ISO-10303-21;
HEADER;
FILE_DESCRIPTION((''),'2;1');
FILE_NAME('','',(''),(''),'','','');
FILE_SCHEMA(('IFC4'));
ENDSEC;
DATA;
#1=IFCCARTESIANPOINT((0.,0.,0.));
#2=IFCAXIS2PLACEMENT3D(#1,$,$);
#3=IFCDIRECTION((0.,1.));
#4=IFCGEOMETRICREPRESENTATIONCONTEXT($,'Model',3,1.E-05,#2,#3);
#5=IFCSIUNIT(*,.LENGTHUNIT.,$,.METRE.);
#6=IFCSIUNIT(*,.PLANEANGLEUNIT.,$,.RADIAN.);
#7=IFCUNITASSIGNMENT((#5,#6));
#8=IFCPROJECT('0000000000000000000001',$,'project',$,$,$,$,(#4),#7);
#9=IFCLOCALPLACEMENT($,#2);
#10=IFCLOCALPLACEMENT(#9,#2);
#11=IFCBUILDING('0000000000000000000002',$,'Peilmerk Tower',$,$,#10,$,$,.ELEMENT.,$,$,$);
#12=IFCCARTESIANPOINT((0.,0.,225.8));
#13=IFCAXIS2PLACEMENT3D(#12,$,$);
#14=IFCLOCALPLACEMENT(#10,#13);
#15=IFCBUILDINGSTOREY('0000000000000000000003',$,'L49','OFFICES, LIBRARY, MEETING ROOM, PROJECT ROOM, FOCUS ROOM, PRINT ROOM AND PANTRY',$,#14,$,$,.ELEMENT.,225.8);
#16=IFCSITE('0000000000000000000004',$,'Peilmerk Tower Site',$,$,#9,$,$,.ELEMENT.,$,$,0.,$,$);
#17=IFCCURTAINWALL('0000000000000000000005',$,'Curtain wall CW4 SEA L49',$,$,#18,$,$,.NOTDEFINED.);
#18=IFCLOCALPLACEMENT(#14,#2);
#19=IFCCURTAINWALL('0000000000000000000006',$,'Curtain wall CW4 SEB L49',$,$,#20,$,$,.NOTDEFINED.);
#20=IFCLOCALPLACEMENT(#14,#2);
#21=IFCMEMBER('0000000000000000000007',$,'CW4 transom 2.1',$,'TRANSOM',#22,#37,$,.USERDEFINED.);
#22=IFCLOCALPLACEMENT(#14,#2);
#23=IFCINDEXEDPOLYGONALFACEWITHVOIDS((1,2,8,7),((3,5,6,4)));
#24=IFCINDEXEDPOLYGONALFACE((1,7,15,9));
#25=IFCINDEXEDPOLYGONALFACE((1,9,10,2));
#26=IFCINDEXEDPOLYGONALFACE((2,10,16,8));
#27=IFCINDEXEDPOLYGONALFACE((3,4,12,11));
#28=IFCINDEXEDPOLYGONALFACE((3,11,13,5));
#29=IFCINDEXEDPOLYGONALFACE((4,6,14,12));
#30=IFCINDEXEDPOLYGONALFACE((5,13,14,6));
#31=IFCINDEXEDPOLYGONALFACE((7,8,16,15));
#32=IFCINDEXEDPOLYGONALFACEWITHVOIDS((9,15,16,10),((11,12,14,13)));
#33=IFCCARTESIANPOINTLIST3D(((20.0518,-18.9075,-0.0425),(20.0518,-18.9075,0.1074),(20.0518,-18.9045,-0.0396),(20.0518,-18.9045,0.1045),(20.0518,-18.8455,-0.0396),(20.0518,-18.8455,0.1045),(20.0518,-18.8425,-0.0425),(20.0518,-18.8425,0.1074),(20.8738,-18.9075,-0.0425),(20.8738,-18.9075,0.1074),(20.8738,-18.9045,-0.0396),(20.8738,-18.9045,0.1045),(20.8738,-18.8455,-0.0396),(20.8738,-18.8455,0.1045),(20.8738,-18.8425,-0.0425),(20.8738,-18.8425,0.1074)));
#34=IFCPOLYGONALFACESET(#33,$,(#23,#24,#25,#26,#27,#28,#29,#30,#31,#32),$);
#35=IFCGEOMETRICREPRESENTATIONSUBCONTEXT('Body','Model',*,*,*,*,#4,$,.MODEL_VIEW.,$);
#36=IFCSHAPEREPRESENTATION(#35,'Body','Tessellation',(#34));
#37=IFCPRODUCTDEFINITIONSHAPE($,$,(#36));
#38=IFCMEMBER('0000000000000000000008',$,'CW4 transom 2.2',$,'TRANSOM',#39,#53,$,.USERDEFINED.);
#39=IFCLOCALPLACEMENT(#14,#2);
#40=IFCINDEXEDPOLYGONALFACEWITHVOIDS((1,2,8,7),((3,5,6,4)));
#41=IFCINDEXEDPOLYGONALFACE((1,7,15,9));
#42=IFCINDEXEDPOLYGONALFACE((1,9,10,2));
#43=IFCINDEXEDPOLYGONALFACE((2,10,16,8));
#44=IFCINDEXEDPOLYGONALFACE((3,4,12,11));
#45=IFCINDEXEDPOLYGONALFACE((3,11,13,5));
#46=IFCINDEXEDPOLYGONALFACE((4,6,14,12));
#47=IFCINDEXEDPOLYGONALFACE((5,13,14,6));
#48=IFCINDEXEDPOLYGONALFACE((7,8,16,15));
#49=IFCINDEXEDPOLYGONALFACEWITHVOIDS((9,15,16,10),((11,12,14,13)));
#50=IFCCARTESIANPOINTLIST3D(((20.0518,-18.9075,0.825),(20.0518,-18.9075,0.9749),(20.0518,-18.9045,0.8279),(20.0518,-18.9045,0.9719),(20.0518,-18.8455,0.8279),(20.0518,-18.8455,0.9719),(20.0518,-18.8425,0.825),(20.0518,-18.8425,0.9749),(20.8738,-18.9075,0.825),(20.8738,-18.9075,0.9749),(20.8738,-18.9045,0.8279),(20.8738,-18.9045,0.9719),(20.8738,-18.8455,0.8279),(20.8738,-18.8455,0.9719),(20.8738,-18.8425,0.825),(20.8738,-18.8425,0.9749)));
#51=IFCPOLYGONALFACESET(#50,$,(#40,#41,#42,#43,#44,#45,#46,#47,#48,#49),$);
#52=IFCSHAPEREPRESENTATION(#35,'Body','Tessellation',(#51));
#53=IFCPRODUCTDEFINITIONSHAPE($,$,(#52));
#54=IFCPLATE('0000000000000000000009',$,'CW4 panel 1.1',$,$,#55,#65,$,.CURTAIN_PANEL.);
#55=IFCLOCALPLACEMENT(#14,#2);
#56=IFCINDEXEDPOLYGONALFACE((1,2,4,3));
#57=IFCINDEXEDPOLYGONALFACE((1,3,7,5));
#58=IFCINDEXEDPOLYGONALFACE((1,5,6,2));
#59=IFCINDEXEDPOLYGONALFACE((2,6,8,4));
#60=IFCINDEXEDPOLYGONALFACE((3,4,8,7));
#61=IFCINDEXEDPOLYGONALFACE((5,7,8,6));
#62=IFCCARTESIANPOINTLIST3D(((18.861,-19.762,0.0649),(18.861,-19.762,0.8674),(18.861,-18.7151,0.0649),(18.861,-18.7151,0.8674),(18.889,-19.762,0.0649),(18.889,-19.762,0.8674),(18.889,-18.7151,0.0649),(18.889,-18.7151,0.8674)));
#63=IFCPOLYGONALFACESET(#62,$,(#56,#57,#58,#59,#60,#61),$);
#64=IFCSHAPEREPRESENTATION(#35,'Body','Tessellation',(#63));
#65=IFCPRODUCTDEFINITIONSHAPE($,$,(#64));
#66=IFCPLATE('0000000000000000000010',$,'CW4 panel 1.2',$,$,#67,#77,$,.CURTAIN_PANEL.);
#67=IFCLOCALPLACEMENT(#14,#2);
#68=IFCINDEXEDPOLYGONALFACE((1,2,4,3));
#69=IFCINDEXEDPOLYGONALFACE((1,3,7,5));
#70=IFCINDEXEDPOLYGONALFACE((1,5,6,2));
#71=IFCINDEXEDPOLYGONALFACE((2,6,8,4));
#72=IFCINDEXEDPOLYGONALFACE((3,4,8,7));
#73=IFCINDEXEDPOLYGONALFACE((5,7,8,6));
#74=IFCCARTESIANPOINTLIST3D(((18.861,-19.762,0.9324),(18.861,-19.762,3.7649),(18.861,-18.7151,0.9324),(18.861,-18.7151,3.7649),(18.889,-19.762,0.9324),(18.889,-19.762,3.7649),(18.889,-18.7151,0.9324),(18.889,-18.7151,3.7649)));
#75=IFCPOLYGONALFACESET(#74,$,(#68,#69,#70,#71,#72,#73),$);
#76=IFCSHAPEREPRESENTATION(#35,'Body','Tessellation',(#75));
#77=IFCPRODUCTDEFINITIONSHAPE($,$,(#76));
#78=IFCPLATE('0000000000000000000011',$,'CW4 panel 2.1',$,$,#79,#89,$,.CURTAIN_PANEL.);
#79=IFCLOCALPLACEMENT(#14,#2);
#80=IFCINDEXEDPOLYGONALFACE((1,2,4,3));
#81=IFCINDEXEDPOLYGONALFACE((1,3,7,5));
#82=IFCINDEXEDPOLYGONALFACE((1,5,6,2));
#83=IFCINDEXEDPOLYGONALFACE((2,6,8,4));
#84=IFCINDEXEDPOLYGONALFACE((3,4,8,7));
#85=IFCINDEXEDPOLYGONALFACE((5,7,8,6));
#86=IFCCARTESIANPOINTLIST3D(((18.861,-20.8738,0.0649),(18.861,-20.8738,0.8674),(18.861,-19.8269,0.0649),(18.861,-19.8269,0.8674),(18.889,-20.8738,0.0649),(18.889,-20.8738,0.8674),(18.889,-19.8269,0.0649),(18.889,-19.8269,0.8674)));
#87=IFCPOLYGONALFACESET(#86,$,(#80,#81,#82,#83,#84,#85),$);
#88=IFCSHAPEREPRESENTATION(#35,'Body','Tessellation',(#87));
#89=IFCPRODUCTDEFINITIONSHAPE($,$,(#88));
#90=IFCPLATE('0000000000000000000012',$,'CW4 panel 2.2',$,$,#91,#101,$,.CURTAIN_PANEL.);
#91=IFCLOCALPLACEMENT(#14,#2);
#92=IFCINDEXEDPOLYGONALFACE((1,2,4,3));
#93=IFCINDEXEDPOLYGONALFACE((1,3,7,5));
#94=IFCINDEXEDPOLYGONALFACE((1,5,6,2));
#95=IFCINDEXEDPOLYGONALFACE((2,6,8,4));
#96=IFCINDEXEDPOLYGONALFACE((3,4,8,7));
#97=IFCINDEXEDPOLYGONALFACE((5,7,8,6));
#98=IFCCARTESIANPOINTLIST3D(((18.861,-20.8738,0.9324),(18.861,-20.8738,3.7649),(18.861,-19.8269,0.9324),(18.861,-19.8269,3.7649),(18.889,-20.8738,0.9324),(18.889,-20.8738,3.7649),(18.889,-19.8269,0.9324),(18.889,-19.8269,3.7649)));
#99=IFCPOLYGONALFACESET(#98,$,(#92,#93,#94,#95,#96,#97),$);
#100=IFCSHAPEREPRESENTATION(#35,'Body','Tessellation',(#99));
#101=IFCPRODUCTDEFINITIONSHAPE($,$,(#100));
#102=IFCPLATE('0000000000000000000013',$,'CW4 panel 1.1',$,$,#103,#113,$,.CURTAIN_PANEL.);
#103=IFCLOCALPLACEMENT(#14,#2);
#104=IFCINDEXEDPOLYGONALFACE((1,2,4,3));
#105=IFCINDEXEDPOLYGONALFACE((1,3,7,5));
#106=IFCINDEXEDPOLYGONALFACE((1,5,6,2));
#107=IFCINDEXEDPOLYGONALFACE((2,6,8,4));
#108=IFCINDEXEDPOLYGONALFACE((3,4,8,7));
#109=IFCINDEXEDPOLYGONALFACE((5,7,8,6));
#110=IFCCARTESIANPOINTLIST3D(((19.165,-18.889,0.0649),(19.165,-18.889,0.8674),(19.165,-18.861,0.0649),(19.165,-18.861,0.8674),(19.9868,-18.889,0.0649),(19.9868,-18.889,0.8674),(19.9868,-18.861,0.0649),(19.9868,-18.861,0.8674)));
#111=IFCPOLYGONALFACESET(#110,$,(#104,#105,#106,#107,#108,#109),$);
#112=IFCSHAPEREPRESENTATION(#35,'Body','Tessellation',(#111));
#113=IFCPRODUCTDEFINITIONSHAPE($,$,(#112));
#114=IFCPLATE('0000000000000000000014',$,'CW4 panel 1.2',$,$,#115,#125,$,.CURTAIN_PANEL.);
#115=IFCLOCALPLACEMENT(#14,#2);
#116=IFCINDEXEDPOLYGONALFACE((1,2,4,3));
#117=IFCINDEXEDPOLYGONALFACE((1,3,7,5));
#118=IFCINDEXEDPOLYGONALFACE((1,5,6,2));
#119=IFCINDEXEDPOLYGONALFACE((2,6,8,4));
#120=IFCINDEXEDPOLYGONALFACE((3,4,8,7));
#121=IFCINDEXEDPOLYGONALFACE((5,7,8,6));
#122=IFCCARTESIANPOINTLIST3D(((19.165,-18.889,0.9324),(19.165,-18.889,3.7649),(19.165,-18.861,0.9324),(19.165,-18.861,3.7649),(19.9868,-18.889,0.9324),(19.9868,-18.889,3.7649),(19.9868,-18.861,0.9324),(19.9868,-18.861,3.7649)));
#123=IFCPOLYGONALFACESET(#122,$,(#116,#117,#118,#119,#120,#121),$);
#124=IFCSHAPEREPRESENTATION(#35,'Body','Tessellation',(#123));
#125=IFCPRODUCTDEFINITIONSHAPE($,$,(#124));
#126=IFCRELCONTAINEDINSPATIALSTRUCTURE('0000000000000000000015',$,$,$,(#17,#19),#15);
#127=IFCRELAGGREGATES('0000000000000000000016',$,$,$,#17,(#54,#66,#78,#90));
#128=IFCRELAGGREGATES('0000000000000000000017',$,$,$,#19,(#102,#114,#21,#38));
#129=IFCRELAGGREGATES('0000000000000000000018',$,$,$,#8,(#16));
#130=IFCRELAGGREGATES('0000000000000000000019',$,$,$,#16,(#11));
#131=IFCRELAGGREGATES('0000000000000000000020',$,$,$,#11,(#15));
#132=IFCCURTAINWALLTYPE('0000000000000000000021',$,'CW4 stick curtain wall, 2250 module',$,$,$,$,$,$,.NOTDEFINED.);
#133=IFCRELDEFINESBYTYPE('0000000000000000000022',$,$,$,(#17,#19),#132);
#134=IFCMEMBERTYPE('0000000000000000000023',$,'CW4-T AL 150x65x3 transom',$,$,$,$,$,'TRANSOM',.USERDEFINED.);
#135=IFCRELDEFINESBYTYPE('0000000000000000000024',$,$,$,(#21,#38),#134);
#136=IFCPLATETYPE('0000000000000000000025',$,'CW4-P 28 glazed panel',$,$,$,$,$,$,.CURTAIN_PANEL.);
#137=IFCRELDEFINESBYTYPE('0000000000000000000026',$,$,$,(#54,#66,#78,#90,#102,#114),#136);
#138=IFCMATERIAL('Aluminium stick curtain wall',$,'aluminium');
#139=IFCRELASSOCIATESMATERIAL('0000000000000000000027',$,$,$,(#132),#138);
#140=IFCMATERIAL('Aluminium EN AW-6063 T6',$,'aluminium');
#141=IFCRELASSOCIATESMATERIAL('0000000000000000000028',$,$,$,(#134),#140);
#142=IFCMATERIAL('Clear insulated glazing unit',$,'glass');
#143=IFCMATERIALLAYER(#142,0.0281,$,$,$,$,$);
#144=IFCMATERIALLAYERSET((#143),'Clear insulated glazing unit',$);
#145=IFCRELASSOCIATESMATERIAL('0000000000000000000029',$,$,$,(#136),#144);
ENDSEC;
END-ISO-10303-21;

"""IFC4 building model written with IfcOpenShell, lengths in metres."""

from ifc_helpers import new_model, si_unit, direction, frame, origin, origin_2d, place, context, subcontext, project, spatial, rectangle, hollow_rectangle, extrude, material, layer, layer_set, material_profile, profile_set, type_object, element, aggregate, save


model = new_model("IFC4")

# Units and contexts
model_context = context("Model", 3, precision=1e-05, world=origin(), true_north=direction((0.0, 1.0)))
body_context = subcontext(model_context, "Body", "Model", "MODEL_VIEW")
ifc_project = project(units=[si_unit("LENGTHUNIT", "METRE"), si_unit("PLANEANGLEUNIT", "RADIAN")], contexts=[model_context])

# Site, building, storey
site_placement = place(None, origin())
site = spatial("IfcSite", under=ifc_project, at=site_placement, Name="Peilmerk Tower Site", CompositionType="ELEMENT", RefElevation=0.0)
building_placement = place(site_placement, origin())
building = spatial("IfcBuilding", under=site, at=building_placement, Name="Peilmerk Tower", CompositionType="ELEMENT")
storey_placement = place(building_placement, frame((0.0, 0.0, 225.8)))
storey = spatial("IfcBuildingStorey", under=building, at=storey_placement, Name="L49", Description="OFFICES, LIBRARY, MEETING ROOM, PROJECT ROOM, FOCUS ROOM, PRINT ROOM AND PANTRY", CompositionType="ELEMENT", Elevation=225.8)

# Curtain walls
ifc_material_1 = material(Name="Aluminium stick curtain wall", Category="aluminium")
curtain_wall_type = type_object("IfcCurtainWallType", Name="CW4 stick curtain wall, 2250 module", PredefinedType="NOTDEFINED", material=ifc_material_1)
curtain_wall_1_placement = place(storey_placement, origin())
curtain_wall_1 = element("IfcCurtainWall", 1, at=curtain_wall_1_placement, inside=storey, type_object=curtain_wall_type, Name="Curtain wall CW4 SEA L49", PredefinedType="NOTDEFINED")
ifc_material_2 = material(Name="Aluminium EN AW-6063 T6", Category="aluminium")
curtain_wall_2_placement = place(storey_placement, origin())
curtain_wall_2 = element("IfcCurtainWall", 2, at=curtain_wall_2_placement, inside=storey, type_object=curtain_wall_type, Name="Curtain wall CW4 SEB L49", PredefinedType="NOTDEFINED")

# Members
ifc_material_profile_1 = material_profile(ifc_material_2, hollow_rectangle(XDim=0.0649, YDim=0.1499, WallThickness=0.0029, at=origin_2d()), Name="AL 150x65x3")
ifc_profile_set_1 = profile_set([ifc_material_profile_1], Name="Aluminium EN AW-6063 T6")
member_type_1 = type_object("IfcMemberType", Name="CW4-T AL 150x65x3 transom", ElementType="TRANSOM", PredefinedType="USERDEFINED", material=ifc_profile_set_1)
member_1_placement = place(storey_placement, frame((20.0518, -18.875, 0.0325), z_axis=(1.0, 0.0, 0.0), x_axis=(0.0, 1.0, 0.0)))
member_1 = element("IfcMember", 3, at=member_1_placement, type_object=member_type_1, Name="CW4 transom 2.1", ObjectType="TRANSOM", PredefinedType="USERDEFINED", context=body_context, shape_type="SweptSolid", body=[
    extrude(hollow_rectangle(XDim=0.0649, YDim=0.1499, WallThickness=0.0029, at=origin_2d()), origin(), (0.0, 0.0, 1.0), 0.822),
])
member_2_placement = place(storey_placement, frame((20.0518, -18.875, 0.8999), z_axis=(1.0, 0.0, 0.0), x_axis=(0.0, 1.0, 0.0)))
member_2 = element("IfcMember", 4, at=member_2_placement, type_object=member_type_1, Name="CW4 transom 2.2", ObjectType="TRANSOM", PredefinedType="USERDEFINED", context=body_context, shape_type="SweptSolid", body=[
    extrude(hollow_rectangle(XDim=0.0649, YDim=0.1499, WallThickness=0.0029, at=origin_2d()), origin(), (0.0, 0.0, 1.0), 0.822),
])

# Plates
ifc_material_3 = material(Name="Clear insulated glazing unit", Category="glass")
ifc_layer_1 = layer(ifc_material_3, 0.0281)
ifc_layer_set_1 = layer_set([ifc_layer_1], Name="Clear insulated glazing unit")
plate_type = type_object("IfcPlateType", Name="CW4-P 28 glazed panel", PredefinedType="CURTAIN_PANEL", material=ifc_layer_set_1)
plate_1_placement = place(storey_placement, frame((18.875, -19.2385, 0.0649), z_axis=(0.0, 0.0, 1.0), x_axis=(0.0, -1.0, 0.0)))
plate_1 = element("IfcPlate", 5, at=plate_1_placement, type_object=plate_type, Name="CW4 panel 1.1", PredefinedType="CURTAIN_PANEL", context=body_context, shape_type="SweptSolid", body=[
    extrude(rectangle(XDim=1.0469, YDim=0.0281, at=origin_2d()), origin(), (0.0, 0.0, 1.0), 0.8025),
])
plate_2_placement = place(storey_placement, frame((18.875, -19.2385, 0.9324), z_axis=(0.0, 0.0, 1.0), x_axis=(0.0, -1.0, 0.0)))
plate_2 = element("IfcPlate", 6, at=plate_2_placement, type_object=plate_type, Name="CW4 panel 1.2", PredefinedType="CURTAIN_PANEL", context=body_context, shape_type="SweptSolid", body=[
    extrude(rectangle(XDim=1.0469, YDim=0.0281, at=origin_2d()), origin(), (0.0, 0.0, 1.0), 2.8325),
])
plate_3_placement = place(storey_placement, frame((18.875, -20.3503, 0.0649), z_axis=(0.0, 0.0, 1.0), x_axis=(0.0, -1.0, 0.0)))
plate_3 = element("IfcPlate", 7, at=plate_3_placement, type_object=plate_type, Name="CW4 panel 2.1", PredefinedType="CURTAIN_PANEL", context=body_context, shape_type="SweptSolid", body=[
    extrude(rectangle(XDim=1.0469, YDim=0.0281, at=origin_2d()), origin(), (0.0, 0.0, 1.0), 0.8025),
])
plate_4_placement = place(storey_placement, frame((18.875, -20.3503, 0.9324), z_axis=(0.0, 0.0, 1.0), x_axis=(0.0, -1.0, 0.0)))
plate_4 = element("IfcPlate", 8, at=plate_4_placement, type_object=plate_type, Name="CW4 panel 2.2", PredefinedType="CURTAIN_PANEL", context=body_context, shape_type="SweptSolid", body=[
    extrude(rectangle(XDim=1.0469, YDim=0.0281, at=origin_2d()), origin(), (0.0, 0.0, 1.0), 2.8325),
])
aggregate(curtain_wall_1, [plate_1, plate_2, plate_3, plate_4])
plate_5_placement = place(storey_placement, frame((19.5759, -18.875, 0.0649), z_axis=(0.0, 0.0, 1.0), x_axis=(1.0, 0.0, 0.0)))
plate_5 = element("IfcPlate", 9, at=plate_5_placement, type_object=plate_type, Name="CW4 panel 1.1", PredefinedType="CURTAIN_PANEL", context=body_context, shape_type="SweptSolid", body=[
    extrude(rectangle(XDim=0.8218, YDim=0.0281, at=origin_2d()), origin(), (0.0, 0.0, 1.0), 0.8025),
])
plate_6_placement = place(storey_placement, frame((19.5759, -18.875, 0.9324), z_axis=(0.0, 0.0, 1.0), x_axis=(1.0, 0.0, 0.0)))
plate_6 = element("IfcPlate", 10, at=plate_6_placement, type_object=plate_type, Name="CW4 panel 1.2", PredefinedType="CURTAIN_PANEL", context=body_context, shape_type="SweptSolid", body=[
    extrude(rectangle(XDim=0.8218, YDim=0.0281, at=origin_2d()), origin(), (0.0, 0.0, 1.0), 2.8325),
])
aggregate(curtain_wall_2, [plate_5, plate_6, member_1, member_2])

save(model, "model.ifc")
